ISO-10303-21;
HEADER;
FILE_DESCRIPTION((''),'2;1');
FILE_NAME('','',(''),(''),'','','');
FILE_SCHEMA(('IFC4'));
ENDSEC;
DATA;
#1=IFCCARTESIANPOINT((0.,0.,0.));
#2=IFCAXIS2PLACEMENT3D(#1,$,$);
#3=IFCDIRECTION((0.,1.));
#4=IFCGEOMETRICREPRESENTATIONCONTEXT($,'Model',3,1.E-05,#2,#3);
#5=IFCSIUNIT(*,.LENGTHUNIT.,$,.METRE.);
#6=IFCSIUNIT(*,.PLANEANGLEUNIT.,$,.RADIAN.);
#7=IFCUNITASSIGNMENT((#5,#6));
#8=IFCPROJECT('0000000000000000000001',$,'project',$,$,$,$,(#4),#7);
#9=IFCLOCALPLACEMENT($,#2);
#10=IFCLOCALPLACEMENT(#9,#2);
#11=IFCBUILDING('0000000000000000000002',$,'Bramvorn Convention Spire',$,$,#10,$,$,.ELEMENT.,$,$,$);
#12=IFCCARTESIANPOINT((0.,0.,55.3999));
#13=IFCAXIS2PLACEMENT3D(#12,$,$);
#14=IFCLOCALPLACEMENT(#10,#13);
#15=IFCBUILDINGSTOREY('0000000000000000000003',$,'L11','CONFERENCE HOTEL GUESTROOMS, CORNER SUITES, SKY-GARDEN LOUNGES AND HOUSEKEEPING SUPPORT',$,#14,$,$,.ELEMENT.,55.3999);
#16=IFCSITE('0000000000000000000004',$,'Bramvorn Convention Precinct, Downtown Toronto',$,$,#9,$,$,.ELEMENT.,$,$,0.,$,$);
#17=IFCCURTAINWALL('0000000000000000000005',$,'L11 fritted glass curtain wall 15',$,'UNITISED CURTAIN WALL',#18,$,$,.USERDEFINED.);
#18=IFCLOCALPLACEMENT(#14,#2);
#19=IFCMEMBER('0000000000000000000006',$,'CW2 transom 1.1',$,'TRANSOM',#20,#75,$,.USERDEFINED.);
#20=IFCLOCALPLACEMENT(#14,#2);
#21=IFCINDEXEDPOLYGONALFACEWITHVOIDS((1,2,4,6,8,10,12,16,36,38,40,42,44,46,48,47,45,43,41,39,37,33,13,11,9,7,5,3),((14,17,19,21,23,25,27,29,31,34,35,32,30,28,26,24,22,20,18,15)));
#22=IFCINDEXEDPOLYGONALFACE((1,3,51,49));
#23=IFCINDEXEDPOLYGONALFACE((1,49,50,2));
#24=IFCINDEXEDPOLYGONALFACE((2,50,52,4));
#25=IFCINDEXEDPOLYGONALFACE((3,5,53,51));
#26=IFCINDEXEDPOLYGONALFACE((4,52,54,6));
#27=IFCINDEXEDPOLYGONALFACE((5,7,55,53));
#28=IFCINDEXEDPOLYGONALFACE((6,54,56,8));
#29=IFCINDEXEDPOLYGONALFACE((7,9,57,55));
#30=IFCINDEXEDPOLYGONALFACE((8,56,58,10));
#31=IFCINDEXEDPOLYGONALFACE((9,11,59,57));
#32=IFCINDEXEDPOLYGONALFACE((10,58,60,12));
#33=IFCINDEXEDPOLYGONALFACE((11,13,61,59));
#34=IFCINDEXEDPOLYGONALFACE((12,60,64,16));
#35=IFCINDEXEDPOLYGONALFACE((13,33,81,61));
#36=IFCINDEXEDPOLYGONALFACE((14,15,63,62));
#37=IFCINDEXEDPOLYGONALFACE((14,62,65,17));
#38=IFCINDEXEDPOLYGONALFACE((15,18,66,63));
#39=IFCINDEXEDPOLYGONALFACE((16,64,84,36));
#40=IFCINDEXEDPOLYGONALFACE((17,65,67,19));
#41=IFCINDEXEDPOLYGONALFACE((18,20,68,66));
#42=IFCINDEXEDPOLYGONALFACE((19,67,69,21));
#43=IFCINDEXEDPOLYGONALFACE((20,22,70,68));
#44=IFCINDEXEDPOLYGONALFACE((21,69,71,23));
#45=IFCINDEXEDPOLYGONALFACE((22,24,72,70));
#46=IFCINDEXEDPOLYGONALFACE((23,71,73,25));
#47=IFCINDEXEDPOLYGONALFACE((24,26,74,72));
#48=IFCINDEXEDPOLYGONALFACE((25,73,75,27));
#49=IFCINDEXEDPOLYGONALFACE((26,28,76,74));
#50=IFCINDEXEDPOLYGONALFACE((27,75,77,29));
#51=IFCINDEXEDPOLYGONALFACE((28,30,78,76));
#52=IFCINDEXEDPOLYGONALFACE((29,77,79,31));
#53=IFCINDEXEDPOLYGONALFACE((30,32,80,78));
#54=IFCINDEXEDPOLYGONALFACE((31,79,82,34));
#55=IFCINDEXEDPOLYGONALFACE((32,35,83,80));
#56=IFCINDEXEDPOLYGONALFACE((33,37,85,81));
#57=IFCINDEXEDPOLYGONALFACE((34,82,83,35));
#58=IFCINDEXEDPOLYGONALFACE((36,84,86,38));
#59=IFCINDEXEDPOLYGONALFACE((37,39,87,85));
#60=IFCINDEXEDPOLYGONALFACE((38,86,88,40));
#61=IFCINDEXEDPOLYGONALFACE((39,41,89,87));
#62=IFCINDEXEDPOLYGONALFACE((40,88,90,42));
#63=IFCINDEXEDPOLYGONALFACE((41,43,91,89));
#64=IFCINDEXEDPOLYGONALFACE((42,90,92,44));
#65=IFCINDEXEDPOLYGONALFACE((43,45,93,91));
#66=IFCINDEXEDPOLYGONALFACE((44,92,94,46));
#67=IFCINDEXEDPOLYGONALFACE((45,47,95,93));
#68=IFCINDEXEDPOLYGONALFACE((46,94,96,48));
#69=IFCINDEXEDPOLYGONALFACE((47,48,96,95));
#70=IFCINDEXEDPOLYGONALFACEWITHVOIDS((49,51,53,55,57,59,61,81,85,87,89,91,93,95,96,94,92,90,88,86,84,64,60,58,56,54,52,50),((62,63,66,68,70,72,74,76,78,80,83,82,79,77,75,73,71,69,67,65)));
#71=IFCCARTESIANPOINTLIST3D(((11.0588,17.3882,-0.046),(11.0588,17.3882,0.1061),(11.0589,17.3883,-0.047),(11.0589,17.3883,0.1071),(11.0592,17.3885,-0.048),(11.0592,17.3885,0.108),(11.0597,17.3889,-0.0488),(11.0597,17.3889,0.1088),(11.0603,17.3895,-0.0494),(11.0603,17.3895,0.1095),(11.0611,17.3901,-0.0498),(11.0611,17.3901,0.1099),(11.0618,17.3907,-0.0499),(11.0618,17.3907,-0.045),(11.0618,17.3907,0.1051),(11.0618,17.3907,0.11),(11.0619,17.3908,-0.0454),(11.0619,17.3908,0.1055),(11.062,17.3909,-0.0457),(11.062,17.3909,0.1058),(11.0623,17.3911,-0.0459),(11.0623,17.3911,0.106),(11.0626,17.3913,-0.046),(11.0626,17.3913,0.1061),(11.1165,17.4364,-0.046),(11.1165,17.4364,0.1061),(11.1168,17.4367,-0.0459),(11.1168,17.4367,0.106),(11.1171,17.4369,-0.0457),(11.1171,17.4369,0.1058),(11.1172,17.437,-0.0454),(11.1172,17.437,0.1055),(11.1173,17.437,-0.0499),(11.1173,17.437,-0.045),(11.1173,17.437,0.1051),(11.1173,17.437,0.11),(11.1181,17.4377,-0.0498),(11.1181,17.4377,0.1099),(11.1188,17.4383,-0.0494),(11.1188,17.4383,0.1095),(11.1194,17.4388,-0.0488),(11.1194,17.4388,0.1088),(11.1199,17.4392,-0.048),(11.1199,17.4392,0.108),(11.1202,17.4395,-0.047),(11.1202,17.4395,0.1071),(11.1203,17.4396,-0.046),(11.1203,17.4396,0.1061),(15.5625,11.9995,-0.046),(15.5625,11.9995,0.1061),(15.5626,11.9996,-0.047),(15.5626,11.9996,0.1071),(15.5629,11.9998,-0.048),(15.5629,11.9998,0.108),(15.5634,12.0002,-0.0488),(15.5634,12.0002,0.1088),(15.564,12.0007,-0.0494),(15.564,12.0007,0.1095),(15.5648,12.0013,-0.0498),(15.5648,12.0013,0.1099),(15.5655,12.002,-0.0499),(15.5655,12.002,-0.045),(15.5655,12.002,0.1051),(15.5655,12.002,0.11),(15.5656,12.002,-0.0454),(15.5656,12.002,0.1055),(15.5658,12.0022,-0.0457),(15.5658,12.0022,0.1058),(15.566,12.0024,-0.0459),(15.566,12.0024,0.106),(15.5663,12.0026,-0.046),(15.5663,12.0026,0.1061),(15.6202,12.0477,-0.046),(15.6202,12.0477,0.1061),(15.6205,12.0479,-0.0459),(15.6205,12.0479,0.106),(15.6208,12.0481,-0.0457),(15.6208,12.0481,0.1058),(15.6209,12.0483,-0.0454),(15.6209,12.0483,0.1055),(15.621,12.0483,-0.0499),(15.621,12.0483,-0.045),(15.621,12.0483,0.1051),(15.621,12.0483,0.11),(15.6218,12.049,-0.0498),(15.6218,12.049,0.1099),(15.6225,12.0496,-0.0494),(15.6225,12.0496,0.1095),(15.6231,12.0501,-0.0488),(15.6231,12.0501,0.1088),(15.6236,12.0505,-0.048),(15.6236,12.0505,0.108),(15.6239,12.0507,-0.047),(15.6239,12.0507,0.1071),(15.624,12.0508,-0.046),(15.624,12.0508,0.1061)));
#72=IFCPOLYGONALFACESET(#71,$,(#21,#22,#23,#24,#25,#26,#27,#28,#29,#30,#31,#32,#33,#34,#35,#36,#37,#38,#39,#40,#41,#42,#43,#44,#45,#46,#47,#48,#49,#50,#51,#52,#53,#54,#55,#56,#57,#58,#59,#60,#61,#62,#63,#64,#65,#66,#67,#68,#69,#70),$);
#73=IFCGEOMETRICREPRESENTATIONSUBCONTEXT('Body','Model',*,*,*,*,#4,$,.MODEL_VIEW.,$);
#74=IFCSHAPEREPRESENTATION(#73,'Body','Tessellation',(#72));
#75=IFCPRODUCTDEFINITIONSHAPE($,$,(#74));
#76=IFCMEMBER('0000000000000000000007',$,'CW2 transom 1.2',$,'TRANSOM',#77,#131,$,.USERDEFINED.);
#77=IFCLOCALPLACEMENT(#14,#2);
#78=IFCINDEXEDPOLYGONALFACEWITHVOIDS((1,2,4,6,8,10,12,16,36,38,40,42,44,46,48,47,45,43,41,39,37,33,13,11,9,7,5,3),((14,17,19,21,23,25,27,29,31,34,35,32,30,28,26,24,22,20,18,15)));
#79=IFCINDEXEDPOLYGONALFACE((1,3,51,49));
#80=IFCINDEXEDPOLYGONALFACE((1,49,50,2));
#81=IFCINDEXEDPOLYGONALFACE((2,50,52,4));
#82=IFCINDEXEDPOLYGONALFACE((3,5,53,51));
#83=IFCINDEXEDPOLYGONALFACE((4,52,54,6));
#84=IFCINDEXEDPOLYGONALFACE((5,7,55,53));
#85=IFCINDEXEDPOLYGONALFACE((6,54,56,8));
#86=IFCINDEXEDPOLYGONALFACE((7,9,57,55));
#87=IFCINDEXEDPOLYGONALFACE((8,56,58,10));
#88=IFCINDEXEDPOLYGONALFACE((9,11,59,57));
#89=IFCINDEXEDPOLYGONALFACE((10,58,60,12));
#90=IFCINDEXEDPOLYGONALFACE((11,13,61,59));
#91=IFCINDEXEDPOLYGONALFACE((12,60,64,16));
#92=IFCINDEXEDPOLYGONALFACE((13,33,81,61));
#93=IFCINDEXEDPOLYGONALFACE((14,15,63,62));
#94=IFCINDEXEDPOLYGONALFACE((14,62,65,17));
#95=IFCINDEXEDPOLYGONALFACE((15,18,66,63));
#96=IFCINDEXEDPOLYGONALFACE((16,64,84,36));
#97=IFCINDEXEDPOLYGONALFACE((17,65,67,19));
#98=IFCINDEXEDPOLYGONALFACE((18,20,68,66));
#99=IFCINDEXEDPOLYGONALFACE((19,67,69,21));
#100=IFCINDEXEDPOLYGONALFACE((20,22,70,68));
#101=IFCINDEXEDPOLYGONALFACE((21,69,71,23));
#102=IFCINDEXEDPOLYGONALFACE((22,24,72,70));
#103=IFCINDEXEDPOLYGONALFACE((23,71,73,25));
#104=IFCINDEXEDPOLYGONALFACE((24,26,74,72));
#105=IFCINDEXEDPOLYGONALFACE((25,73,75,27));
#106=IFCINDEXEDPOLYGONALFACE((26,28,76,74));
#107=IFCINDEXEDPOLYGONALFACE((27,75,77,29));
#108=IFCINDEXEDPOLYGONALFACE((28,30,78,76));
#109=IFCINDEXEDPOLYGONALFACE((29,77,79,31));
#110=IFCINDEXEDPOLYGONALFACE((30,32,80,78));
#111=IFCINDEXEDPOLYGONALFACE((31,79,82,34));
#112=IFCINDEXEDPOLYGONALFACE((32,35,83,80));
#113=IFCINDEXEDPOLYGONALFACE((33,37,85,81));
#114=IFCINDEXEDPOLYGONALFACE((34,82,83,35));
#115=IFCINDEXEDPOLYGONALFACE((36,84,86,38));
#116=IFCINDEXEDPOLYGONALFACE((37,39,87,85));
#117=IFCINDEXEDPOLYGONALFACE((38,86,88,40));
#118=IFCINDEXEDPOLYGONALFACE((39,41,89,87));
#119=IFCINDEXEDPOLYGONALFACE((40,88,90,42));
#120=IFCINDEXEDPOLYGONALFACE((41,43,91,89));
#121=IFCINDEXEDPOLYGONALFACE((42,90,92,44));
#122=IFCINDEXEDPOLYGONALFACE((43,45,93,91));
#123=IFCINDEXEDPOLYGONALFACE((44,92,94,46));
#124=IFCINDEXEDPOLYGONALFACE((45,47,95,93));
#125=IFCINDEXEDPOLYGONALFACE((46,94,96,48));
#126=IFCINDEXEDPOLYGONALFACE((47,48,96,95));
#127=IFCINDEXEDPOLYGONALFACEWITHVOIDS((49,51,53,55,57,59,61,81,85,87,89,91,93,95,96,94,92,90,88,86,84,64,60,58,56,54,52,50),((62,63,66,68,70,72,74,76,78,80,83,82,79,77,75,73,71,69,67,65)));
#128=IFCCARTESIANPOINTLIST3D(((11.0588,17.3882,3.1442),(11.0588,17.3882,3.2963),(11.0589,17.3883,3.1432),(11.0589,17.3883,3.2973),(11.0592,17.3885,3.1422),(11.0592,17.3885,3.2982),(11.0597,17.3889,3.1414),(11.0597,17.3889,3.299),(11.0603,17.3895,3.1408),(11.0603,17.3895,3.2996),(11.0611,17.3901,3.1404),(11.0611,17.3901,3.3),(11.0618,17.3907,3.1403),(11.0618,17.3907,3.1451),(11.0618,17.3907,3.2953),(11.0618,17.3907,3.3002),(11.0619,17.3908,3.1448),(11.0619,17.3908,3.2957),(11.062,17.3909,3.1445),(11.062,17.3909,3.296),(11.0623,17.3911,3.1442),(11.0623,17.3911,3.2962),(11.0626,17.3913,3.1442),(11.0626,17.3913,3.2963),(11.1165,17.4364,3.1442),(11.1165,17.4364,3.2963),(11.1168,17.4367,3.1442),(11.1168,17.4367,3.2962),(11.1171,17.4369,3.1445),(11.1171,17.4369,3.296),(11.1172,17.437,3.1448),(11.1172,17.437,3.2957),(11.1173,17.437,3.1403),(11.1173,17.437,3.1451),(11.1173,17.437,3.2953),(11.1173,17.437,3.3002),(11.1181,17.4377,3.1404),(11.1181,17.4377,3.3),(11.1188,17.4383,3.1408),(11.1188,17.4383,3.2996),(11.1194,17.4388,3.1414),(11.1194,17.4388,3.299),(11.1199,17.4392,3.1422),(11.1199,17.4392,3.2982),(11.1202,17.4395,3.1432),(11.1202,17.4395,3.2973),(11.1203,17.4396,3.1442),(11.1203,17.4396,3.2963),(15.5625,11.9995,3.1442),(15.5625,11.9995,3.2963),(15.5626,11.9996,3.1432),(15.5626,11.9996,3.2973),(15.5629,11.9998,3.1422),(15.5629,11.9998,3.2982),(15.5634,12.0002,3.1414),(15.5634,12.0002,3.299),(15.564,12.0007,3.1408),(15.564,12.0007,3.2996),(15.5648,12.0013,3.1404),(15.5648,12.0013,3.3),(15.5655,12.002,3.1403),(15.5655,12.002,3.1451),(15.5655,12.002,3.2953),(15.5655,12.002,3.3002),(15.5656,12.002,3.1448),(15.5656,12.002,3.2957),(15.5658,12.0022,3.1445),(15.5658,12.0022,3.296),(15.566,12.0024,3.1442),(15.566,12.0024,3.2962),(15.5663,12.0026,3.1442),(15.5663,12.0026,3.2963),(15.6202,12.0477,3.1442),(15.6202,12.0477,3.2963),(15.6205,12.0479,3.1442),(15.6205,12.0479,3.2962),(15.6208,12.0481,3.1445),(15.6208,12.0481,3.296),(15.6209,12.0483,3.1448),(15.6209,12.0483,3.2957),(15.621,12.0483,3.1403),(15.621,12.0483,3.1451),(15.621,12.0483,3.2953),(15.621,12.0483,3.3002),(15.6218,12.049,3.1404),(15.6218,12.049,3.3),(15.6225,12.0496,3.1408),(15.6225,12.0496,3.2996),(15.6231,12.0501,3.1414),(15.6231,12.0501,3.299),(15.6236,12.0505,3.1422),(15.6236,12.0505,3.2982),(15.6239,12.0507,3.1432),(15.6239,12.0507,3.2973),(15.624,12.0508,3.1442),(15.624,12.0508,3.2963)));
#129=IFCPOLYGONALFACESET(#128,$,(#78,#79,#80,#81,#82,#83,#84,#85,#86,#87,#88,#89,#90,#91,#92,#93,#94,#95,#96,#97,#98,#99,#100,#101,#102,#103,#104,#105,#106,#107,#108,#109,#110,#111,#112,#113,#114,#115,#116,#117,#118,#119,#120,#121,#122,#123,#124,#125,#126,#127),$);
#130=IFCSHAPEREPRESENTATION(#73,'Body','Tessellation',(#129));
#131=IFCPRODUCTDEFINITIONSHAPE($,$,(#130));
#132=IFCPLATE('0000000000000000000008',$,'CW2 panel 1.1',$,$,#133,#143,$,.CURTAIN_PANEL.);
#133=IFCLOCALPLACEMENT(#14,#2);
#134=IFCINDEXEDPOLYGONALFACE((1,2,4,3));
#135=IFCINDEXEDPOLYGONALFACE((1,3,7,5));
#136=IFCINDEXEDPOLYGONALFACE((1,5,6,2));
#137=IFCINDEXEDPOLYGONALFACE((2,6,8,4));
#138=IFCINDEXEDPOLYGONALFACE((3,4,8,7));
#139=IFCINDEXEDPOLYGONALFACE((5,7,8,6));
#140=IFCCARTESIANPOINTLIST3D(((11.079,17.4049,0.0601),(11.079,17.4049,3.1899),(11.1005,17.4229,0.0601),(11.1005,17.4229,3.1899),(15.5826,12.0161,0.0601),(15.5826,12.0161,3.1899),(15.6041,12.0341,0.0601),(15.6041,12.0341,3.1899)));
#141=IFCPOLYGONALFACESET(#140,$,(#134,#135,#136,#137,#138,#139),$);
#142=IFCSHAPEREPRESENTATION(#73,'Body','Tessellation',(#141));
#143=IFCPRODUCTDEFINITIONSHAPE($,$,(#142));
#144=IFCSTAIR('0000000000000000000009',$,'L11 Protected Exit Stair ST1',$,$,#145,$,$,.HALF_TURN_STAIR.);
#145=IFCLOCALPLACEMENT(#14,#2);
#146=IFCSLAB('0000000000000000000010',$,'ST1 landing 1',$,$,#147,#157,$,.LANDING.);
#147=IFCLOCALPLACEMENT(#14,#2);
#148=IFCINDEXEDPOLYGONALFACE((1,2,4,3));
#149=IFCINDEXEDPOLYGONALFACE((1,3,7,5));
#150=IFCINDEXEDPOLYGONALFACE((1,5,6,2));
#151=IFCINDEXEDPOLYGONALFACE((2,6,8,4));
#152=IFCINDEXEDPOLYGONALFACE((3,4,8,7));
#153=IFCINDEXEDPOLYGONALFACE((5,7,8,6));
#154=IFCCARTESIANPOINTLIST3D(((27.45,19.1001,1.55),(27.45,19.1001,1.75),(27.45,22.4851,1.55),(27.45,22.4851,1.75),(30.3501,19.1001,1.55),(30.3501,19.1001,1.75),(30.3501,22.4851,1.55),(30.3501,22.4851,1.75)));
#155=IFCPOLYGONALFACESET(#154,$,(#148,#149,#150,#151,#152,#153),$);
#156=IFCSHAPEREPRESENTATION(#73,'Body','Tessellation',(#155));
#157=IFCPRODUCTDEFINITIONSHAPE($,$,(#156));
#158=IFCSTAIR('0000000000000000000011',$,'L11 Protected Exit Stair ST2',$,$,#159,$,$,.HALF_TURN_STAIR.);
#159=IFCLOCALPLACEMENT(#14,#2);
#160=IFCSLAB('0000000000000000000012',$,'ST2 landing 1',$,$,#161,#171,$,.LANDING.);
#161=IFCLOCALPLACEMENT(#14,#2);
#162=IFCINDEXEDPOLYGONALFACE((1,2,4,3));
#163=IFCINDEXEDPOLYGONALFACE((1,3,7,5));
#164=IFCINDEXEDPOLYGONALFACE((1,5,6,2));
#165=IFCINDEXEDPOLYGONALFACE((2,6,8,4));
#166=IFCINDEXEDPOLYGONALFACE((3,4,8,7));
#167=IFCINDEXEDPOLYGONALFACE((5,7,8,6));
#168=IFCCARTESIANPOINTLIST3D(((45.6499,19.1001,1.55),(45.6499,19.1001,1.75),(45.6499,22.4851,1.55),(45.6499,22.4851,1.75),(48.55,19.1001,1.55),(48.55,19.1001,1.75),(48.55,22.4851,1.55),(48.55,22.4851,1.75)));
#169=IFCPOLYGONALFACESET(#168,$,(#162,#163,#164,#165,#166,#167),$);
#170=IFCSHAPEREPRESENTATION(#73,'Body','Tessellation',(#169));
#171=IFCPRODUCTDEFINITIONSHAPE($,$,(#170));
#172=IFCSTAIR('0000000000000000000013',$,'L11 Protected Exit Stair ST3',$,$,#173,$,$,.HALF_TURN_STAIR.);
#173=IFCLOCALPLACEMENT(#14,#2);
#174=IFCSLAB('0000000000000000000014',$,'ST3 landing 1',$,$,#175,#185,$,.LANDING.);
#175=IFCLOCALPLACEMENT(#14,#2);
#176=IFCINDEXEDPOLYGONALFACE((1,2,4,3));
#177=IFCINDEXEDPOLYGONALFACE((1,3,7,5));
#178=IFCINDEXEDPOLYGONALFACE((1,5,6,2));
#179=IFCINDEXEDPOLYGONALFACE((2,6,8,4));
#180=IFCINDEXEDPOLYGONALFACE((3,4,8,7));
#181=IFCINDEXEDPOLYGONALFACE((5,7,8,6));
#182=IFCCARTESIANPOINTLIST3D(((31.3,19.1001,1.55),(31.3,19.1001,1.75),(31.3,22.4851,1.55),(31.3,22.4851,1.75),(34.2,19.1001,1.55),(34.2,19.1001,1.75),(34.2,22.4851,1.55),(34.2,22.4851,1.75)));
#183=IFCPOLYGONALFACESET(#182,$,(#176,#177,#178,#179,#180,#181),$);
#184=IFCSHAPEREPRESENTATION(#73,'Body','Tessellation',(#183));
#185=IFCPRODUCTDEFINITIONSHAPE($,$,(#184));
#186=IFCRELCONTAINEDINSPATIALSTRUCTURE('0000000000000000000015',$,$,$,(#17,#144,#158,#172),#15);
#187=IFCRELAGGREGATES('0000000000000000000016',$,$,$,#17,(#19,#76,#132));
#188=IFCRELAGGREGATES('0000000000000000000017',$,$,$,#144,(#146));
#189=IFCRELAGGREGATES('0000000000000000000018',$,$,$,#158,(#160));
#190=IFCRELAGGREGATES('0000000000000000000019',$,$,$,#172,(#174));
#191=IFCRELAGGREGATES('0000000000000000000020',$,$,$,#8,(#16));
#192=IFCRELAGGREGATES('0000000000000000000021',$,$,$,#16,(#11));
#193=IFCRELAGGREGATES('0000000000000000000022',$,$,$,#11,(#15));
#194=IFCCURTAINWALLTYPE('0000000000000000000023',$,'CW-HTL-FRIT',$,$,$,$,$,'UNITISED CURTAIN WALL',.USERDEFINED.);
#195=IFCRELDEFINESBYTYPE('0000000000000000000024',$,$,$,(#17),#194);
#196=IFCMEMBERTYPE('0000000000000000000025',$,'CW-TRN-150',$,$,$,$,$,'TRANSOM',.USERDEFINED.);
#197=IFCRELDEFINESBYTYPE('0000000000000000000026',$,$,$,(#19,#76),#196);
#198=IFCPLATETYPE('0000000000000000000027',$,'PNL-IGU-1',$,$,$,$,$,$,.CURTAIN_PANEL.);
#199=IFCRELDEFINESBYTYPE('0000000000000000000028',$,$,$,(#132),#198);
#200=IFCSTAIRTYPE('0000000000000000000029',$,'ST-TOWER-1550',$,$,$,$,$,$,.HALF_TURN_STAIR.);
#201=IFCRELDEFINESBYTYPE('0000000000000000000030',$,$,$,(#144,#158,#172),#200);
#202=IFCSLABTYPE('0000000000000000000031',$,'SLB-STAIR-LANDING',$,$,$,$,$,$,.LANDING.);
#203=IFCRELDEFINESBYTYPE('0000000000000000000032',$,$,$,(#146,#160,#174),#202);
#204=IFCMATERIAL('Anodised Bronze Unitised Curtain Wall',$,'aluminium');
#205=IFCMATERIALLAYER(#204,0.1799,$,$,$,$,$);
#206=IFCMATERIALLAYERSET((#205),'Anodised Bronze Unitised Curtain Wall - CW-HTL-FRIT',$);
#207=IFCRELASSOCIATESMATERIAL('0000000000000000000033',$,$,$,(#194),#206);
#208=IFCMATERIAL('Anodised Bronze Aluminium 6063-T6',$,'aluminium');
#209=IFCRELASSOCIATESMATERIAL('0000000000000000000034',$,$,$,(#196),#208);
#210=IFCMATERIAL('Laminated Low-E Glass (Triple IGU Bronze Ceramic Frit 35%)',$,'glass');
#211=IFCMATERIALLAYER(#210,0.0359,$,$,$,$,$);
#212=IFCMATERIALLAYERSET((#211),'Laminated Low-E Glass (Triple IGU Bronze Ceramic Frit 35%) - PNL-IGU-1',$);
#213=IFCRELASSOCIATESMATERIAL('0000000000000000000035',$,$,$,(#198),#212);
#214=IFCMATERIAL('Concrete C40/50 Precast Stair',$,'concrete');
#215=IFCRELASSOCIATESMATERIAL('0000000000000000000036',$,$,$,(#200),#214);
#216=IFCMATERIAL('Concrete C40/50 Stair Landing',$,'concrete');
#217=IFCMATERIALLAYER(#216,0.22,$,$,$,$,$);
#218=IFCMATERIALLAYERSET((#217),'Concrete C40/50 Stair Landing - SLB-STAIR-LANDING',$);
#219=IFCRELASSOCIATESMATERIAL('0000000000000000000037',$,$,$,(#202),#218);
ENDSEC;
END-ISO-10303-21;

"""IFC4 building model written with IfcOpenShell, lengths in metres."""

from ifc_helpers import new_model, si_unit, direction, frame, origin, origin_2d, place, context, subcontext, project, spatial, polyline, rectangle, hollow_rectangle, outline, extrude, material, layer, layer_set, material_profile, profile_set, type_object, element, aggregate, save


model = new_model("IFC4")

# Units and contexts
model_context = context("Model", 3, precision=1e-05, world=origin(), true_north=direction((0.0, 1.0)))
body_context = subcontext(model_context, "Body", "Model", "MODEL_VIEW")
ifc_project = project(units=[si_unit("LENGTHUNIT", "METRE"), si_unit("PLANEANGLEUNIT", "RADIAN")], contexts=[model_context])

# Site, building, storey
site_placement = place(None, origin())
site = spatial("IfcSite", under=ifc_project, at=site_placement, Name="Bramvorn Convention Precinct, Downtown Toronto", CompositionType="ELEMENT", RefElevation=0.0)
building_placement = place(site_placement, origin())
building = spatial("IfcBuilding", under=site, at=building_placement, Name="Bramvorn Convention Spire", CompositionType="ELEMENT")
storey_placement = place(building_placement, frame((0.0, 0.0, 55.3999)))
storey = spatial("IfcBuildingStorey", under=building, at=storey_placement, Name="L11", Description="CONFERENCE HOTEL GUESTROOMS, CORNER SUITES, SKY-GARDEN LOUNGES AND HOUSEKEEPING SUPPORT", CompositionType="ELEMENT", Elevation=55.3999)

# Curtain wall, members, plate
ifc_material_1 = material(Name="Anodised Bronze Unitised Curtain Wall", Category="aluminium")
ifc_layer_1 = layer(ifc_material_1, 0.1799)
ifc_layer_set_1 = layer_set([ifc_layer_1], Name="Anodised Bronze Unitised Curtain Wall - CW-HTL-FRIT")
curtain_wall_type = type_object("IfcCurtainWallType", Name="CW-HTL-FRIT", ElementType="UNITISED CURTAIN WALL", PredefinedType="USERDEFINED", material=ifc_layer_set_1)
curtain_wall_placement = place(storey_placement, origin())
curtain_wall = element("IfcCurtainWall", 1, at=curtain_wall_placement, inside=storey, type_object=curtain_wall_type, Name="L11 fritted glass curtain wall 15", ObjectType="UNITISED CURTAIN WALL", PredefinedType="USERDEFINED")
ifc_material_2 = material(Name="Anodised Bronze Aluminium 6063-T6", Category="aluminium")
ifc_material_profile_1 = material_profile(ifc_material_2, hollow_rectangle(XDim=0.0801, YDim=0.1599, WallThickness=0.0039, InnerFilletRadius=0.001, OuterFilletRadius=0.0039, at=origin_2d()))
ifc_profile_set_1 = profile_set([ifc_material_profile_1], Name="Anodised Bronze Aluminium 6063-T6 - CWT80X160")
member_type_1 = type_object("IfcMemberType", Name="CW-TRN-150", ElementType="TRANSOM", PredefinedType="USERDEFINED", material=ifc_profile_set_1)
member_1_placement = place(storey_placement, frame((15.5933, 12.0251, 0.03), z_axis=(-0.641285, 0.767303, 0.0), x_axis=(-0.767303, -0.641285, 0.0)))
member_1 = element("IfcMember", 2, at=member_1_placement, type_object=member_type_1, Name="CW2 transom 1.1", ObjectType="TRANSOM", PredefinedType="USERDEFINED", context=body_context, shape_type="SweptSolid", body=[
    extrude(hollow_rectangle(XDim=0.0801, YDim=0.1599, WallThickness=0.0039, InnerFilletRadius=0.001, OuterFilletRadius=0.0039, at=origin_2d()), origin(), (0.0, 0.0, 1.0), 7.0229),
])
member_2_placement = place(storey_placement, frame((15.5933, 12.0251, 3.2202), z_axis=(-0.641285, 0.767303, 0.0), x_axis=(-0.767303, -0.641285, 0.0)))
member_2 = element("IfcMember", 3, at=member_2_placement, type_object=member_type_1, Name="CW2 transom 1.2", ObjectType="TRANSOM", PredefinedType="USERDEFINED", context=body_context, shape_type="SweptSolid", body=[
    extrude(hollow_rectangle(XDim=0.0801, YDim=0.1599, WallThickness=0.0039, InnerFilletRadius=0.001, OuterFilletRadius=0.0039, at=origin_2d()), origin(), (0.0, 0.0, 1.0), 7.0229),
])
ifc_material_3 = material(Name="Laminated Low-E Glass (Triple IGU Bronze Ceramic Frit 35%)", Category="glass")
ifc_layer_2 = layer(ifc_material_3, 0.0359)
ifc_layer_set_2 = layer_set([ifc_layer_2], Name="Laminated Low-E Glass (Triple IGU Bronze Ceramic Frit 35%) - PNL-IGU-1")
plate_type = type_object("IfcPlateType", Name="PNL-IGU-1", PredefinedType="CURTAIN_PANEL", material=ifc_layer_set_2)
plate_placement = place(storey_placement, frame((13.3416, 14.7195, 0.0601), z_axis=(0.0, 0.0, 1.0), x_axis=(-0.641272, 0.767314, 0.0)))
plate = element("IfcPlate", 4, at=plate_placement, type_object=plate_type, Name="CW2 panel 1.1", PredefinedType="CURTAIN_PANEL", context=body_context, shape_type="SweptSolid", body=[
    extrude(rectangle(XDim=7.0229, YDim=0.0281, at=origin_2d()), origin(), (0.0, 0.0, 1.0), 3.1299),
])
aggregate(curtain_wall, [member_1, member_2, plate])

# Stairs, slabs
ifc_material_4 = material(Name="Concrete C40/50 Precast Stair", Category="concrete")
stair_type = type_object("IfcStairType", Name="ST-TOWER-1550", PredefinedType="HALF_TURN_STAIR", material=ifc_material_4)
stair_1_placement = place(storey_placement, origin())
stair_1 = element("IfcStair", 5, at=stair_1_placement, inside=storey, type_object=stair_type, Name="L11 Protected Exit Stair ST1", PredefinedType="HALF_TURN_STAIR")
ifc_material_5 = material(Name="Concrete C40/50 Stair Landing", Category="concrete")
ifc_layer_3 = layer(ifc_material_5, 0.22)
ifc_layer_set_3 = layer_set([ifc_layer_3], Name="Concrete C40/50 Stair Landing - SLB-STAIR-LANDING")
slab_type_1 = type_object("IfcSlabType", Name="SLB-STAIR-LANDING", PredefinedType="LANDING", material=ifc_layer_set_3)
slab_1_placement = place(storey_placement, frame((0.0, 0.0, 1.55)))
slab_1 = element("IfcSlab", 6, at=slab_1_placement, type_object=slab_type_1, Name="ST1 landing 1", PredefinedType="LANDING", context=body_context, shape_type="SweptSolid", body=[
    extrude(outline(polyline([(27.45, 22.4851), (27.45, 19.1001), (30.3501, 19.1001), (30.3501, 22.4851), (27.45, 22.4851)])), origin(), (0.0, 0.0, 1.0), 0.2),
])
aggregate(stair_1, [slab_1])
stair_2_placement = place(storey_placement, origin())
stair_2 = element("IfcStair", 7, at=stair_2_placement, inside=storey, type_object=stair_type, Name="L11 Protected Exit Stair ST2", PredefinedType="HALF_TURN_STAIR")
slab_2_placement = place(storey_placement, frame((0.0, 0.0, 1.55)))
slab_2 = element("IfcSlab", 8, at=slab_2_placement, type_object=slab_type_1, Name="ST2 landing 1", PredefinedType="LANDING", context=body_context, shape_type="SweptSolid", body=[
    extrude(outline(polyline([(45.6499, 22.4851), (45.6499, 19.1001), (48.55, 19.1001), (48.55, 22.4851), (45.6499, 22.4851)])), origin(), (0.0, 0.0, 1.0), 0.2),
])
aggregate(stair_2, [slab_2])
stair_3_placement = place(storey_placement, origin())
stair_3 = element("IfcStair", 9, at=stair_3_placement, inside=storey, type_object=stair_type, Name="L11 Protected Exit Stair ST3", PredefinedType="HALF_TURN_STAIR")
slab_3_placement = place(storey_placement, frame((0.0, 0.0, 1.55)))
slab_3 = element("IfcSlab", 10, at=slab_3_placement, type_object=slab_type_1, Name="ST3 landing 1", PredefinedType="LANDING", context=body_context, shape_type="SweptSolid", body=[
    extrude(outline(polyline([(31.3, 22.4851), (31.3, 19.1001), (34.2, 19.1001), (34.2, 22.4851), (31.3, 22.4851)])), origin(), (0.0, 0.0, 1.0), 0.2),
])
aggregate(stair_3, [slab_3])

save(model, "model.ifc")
